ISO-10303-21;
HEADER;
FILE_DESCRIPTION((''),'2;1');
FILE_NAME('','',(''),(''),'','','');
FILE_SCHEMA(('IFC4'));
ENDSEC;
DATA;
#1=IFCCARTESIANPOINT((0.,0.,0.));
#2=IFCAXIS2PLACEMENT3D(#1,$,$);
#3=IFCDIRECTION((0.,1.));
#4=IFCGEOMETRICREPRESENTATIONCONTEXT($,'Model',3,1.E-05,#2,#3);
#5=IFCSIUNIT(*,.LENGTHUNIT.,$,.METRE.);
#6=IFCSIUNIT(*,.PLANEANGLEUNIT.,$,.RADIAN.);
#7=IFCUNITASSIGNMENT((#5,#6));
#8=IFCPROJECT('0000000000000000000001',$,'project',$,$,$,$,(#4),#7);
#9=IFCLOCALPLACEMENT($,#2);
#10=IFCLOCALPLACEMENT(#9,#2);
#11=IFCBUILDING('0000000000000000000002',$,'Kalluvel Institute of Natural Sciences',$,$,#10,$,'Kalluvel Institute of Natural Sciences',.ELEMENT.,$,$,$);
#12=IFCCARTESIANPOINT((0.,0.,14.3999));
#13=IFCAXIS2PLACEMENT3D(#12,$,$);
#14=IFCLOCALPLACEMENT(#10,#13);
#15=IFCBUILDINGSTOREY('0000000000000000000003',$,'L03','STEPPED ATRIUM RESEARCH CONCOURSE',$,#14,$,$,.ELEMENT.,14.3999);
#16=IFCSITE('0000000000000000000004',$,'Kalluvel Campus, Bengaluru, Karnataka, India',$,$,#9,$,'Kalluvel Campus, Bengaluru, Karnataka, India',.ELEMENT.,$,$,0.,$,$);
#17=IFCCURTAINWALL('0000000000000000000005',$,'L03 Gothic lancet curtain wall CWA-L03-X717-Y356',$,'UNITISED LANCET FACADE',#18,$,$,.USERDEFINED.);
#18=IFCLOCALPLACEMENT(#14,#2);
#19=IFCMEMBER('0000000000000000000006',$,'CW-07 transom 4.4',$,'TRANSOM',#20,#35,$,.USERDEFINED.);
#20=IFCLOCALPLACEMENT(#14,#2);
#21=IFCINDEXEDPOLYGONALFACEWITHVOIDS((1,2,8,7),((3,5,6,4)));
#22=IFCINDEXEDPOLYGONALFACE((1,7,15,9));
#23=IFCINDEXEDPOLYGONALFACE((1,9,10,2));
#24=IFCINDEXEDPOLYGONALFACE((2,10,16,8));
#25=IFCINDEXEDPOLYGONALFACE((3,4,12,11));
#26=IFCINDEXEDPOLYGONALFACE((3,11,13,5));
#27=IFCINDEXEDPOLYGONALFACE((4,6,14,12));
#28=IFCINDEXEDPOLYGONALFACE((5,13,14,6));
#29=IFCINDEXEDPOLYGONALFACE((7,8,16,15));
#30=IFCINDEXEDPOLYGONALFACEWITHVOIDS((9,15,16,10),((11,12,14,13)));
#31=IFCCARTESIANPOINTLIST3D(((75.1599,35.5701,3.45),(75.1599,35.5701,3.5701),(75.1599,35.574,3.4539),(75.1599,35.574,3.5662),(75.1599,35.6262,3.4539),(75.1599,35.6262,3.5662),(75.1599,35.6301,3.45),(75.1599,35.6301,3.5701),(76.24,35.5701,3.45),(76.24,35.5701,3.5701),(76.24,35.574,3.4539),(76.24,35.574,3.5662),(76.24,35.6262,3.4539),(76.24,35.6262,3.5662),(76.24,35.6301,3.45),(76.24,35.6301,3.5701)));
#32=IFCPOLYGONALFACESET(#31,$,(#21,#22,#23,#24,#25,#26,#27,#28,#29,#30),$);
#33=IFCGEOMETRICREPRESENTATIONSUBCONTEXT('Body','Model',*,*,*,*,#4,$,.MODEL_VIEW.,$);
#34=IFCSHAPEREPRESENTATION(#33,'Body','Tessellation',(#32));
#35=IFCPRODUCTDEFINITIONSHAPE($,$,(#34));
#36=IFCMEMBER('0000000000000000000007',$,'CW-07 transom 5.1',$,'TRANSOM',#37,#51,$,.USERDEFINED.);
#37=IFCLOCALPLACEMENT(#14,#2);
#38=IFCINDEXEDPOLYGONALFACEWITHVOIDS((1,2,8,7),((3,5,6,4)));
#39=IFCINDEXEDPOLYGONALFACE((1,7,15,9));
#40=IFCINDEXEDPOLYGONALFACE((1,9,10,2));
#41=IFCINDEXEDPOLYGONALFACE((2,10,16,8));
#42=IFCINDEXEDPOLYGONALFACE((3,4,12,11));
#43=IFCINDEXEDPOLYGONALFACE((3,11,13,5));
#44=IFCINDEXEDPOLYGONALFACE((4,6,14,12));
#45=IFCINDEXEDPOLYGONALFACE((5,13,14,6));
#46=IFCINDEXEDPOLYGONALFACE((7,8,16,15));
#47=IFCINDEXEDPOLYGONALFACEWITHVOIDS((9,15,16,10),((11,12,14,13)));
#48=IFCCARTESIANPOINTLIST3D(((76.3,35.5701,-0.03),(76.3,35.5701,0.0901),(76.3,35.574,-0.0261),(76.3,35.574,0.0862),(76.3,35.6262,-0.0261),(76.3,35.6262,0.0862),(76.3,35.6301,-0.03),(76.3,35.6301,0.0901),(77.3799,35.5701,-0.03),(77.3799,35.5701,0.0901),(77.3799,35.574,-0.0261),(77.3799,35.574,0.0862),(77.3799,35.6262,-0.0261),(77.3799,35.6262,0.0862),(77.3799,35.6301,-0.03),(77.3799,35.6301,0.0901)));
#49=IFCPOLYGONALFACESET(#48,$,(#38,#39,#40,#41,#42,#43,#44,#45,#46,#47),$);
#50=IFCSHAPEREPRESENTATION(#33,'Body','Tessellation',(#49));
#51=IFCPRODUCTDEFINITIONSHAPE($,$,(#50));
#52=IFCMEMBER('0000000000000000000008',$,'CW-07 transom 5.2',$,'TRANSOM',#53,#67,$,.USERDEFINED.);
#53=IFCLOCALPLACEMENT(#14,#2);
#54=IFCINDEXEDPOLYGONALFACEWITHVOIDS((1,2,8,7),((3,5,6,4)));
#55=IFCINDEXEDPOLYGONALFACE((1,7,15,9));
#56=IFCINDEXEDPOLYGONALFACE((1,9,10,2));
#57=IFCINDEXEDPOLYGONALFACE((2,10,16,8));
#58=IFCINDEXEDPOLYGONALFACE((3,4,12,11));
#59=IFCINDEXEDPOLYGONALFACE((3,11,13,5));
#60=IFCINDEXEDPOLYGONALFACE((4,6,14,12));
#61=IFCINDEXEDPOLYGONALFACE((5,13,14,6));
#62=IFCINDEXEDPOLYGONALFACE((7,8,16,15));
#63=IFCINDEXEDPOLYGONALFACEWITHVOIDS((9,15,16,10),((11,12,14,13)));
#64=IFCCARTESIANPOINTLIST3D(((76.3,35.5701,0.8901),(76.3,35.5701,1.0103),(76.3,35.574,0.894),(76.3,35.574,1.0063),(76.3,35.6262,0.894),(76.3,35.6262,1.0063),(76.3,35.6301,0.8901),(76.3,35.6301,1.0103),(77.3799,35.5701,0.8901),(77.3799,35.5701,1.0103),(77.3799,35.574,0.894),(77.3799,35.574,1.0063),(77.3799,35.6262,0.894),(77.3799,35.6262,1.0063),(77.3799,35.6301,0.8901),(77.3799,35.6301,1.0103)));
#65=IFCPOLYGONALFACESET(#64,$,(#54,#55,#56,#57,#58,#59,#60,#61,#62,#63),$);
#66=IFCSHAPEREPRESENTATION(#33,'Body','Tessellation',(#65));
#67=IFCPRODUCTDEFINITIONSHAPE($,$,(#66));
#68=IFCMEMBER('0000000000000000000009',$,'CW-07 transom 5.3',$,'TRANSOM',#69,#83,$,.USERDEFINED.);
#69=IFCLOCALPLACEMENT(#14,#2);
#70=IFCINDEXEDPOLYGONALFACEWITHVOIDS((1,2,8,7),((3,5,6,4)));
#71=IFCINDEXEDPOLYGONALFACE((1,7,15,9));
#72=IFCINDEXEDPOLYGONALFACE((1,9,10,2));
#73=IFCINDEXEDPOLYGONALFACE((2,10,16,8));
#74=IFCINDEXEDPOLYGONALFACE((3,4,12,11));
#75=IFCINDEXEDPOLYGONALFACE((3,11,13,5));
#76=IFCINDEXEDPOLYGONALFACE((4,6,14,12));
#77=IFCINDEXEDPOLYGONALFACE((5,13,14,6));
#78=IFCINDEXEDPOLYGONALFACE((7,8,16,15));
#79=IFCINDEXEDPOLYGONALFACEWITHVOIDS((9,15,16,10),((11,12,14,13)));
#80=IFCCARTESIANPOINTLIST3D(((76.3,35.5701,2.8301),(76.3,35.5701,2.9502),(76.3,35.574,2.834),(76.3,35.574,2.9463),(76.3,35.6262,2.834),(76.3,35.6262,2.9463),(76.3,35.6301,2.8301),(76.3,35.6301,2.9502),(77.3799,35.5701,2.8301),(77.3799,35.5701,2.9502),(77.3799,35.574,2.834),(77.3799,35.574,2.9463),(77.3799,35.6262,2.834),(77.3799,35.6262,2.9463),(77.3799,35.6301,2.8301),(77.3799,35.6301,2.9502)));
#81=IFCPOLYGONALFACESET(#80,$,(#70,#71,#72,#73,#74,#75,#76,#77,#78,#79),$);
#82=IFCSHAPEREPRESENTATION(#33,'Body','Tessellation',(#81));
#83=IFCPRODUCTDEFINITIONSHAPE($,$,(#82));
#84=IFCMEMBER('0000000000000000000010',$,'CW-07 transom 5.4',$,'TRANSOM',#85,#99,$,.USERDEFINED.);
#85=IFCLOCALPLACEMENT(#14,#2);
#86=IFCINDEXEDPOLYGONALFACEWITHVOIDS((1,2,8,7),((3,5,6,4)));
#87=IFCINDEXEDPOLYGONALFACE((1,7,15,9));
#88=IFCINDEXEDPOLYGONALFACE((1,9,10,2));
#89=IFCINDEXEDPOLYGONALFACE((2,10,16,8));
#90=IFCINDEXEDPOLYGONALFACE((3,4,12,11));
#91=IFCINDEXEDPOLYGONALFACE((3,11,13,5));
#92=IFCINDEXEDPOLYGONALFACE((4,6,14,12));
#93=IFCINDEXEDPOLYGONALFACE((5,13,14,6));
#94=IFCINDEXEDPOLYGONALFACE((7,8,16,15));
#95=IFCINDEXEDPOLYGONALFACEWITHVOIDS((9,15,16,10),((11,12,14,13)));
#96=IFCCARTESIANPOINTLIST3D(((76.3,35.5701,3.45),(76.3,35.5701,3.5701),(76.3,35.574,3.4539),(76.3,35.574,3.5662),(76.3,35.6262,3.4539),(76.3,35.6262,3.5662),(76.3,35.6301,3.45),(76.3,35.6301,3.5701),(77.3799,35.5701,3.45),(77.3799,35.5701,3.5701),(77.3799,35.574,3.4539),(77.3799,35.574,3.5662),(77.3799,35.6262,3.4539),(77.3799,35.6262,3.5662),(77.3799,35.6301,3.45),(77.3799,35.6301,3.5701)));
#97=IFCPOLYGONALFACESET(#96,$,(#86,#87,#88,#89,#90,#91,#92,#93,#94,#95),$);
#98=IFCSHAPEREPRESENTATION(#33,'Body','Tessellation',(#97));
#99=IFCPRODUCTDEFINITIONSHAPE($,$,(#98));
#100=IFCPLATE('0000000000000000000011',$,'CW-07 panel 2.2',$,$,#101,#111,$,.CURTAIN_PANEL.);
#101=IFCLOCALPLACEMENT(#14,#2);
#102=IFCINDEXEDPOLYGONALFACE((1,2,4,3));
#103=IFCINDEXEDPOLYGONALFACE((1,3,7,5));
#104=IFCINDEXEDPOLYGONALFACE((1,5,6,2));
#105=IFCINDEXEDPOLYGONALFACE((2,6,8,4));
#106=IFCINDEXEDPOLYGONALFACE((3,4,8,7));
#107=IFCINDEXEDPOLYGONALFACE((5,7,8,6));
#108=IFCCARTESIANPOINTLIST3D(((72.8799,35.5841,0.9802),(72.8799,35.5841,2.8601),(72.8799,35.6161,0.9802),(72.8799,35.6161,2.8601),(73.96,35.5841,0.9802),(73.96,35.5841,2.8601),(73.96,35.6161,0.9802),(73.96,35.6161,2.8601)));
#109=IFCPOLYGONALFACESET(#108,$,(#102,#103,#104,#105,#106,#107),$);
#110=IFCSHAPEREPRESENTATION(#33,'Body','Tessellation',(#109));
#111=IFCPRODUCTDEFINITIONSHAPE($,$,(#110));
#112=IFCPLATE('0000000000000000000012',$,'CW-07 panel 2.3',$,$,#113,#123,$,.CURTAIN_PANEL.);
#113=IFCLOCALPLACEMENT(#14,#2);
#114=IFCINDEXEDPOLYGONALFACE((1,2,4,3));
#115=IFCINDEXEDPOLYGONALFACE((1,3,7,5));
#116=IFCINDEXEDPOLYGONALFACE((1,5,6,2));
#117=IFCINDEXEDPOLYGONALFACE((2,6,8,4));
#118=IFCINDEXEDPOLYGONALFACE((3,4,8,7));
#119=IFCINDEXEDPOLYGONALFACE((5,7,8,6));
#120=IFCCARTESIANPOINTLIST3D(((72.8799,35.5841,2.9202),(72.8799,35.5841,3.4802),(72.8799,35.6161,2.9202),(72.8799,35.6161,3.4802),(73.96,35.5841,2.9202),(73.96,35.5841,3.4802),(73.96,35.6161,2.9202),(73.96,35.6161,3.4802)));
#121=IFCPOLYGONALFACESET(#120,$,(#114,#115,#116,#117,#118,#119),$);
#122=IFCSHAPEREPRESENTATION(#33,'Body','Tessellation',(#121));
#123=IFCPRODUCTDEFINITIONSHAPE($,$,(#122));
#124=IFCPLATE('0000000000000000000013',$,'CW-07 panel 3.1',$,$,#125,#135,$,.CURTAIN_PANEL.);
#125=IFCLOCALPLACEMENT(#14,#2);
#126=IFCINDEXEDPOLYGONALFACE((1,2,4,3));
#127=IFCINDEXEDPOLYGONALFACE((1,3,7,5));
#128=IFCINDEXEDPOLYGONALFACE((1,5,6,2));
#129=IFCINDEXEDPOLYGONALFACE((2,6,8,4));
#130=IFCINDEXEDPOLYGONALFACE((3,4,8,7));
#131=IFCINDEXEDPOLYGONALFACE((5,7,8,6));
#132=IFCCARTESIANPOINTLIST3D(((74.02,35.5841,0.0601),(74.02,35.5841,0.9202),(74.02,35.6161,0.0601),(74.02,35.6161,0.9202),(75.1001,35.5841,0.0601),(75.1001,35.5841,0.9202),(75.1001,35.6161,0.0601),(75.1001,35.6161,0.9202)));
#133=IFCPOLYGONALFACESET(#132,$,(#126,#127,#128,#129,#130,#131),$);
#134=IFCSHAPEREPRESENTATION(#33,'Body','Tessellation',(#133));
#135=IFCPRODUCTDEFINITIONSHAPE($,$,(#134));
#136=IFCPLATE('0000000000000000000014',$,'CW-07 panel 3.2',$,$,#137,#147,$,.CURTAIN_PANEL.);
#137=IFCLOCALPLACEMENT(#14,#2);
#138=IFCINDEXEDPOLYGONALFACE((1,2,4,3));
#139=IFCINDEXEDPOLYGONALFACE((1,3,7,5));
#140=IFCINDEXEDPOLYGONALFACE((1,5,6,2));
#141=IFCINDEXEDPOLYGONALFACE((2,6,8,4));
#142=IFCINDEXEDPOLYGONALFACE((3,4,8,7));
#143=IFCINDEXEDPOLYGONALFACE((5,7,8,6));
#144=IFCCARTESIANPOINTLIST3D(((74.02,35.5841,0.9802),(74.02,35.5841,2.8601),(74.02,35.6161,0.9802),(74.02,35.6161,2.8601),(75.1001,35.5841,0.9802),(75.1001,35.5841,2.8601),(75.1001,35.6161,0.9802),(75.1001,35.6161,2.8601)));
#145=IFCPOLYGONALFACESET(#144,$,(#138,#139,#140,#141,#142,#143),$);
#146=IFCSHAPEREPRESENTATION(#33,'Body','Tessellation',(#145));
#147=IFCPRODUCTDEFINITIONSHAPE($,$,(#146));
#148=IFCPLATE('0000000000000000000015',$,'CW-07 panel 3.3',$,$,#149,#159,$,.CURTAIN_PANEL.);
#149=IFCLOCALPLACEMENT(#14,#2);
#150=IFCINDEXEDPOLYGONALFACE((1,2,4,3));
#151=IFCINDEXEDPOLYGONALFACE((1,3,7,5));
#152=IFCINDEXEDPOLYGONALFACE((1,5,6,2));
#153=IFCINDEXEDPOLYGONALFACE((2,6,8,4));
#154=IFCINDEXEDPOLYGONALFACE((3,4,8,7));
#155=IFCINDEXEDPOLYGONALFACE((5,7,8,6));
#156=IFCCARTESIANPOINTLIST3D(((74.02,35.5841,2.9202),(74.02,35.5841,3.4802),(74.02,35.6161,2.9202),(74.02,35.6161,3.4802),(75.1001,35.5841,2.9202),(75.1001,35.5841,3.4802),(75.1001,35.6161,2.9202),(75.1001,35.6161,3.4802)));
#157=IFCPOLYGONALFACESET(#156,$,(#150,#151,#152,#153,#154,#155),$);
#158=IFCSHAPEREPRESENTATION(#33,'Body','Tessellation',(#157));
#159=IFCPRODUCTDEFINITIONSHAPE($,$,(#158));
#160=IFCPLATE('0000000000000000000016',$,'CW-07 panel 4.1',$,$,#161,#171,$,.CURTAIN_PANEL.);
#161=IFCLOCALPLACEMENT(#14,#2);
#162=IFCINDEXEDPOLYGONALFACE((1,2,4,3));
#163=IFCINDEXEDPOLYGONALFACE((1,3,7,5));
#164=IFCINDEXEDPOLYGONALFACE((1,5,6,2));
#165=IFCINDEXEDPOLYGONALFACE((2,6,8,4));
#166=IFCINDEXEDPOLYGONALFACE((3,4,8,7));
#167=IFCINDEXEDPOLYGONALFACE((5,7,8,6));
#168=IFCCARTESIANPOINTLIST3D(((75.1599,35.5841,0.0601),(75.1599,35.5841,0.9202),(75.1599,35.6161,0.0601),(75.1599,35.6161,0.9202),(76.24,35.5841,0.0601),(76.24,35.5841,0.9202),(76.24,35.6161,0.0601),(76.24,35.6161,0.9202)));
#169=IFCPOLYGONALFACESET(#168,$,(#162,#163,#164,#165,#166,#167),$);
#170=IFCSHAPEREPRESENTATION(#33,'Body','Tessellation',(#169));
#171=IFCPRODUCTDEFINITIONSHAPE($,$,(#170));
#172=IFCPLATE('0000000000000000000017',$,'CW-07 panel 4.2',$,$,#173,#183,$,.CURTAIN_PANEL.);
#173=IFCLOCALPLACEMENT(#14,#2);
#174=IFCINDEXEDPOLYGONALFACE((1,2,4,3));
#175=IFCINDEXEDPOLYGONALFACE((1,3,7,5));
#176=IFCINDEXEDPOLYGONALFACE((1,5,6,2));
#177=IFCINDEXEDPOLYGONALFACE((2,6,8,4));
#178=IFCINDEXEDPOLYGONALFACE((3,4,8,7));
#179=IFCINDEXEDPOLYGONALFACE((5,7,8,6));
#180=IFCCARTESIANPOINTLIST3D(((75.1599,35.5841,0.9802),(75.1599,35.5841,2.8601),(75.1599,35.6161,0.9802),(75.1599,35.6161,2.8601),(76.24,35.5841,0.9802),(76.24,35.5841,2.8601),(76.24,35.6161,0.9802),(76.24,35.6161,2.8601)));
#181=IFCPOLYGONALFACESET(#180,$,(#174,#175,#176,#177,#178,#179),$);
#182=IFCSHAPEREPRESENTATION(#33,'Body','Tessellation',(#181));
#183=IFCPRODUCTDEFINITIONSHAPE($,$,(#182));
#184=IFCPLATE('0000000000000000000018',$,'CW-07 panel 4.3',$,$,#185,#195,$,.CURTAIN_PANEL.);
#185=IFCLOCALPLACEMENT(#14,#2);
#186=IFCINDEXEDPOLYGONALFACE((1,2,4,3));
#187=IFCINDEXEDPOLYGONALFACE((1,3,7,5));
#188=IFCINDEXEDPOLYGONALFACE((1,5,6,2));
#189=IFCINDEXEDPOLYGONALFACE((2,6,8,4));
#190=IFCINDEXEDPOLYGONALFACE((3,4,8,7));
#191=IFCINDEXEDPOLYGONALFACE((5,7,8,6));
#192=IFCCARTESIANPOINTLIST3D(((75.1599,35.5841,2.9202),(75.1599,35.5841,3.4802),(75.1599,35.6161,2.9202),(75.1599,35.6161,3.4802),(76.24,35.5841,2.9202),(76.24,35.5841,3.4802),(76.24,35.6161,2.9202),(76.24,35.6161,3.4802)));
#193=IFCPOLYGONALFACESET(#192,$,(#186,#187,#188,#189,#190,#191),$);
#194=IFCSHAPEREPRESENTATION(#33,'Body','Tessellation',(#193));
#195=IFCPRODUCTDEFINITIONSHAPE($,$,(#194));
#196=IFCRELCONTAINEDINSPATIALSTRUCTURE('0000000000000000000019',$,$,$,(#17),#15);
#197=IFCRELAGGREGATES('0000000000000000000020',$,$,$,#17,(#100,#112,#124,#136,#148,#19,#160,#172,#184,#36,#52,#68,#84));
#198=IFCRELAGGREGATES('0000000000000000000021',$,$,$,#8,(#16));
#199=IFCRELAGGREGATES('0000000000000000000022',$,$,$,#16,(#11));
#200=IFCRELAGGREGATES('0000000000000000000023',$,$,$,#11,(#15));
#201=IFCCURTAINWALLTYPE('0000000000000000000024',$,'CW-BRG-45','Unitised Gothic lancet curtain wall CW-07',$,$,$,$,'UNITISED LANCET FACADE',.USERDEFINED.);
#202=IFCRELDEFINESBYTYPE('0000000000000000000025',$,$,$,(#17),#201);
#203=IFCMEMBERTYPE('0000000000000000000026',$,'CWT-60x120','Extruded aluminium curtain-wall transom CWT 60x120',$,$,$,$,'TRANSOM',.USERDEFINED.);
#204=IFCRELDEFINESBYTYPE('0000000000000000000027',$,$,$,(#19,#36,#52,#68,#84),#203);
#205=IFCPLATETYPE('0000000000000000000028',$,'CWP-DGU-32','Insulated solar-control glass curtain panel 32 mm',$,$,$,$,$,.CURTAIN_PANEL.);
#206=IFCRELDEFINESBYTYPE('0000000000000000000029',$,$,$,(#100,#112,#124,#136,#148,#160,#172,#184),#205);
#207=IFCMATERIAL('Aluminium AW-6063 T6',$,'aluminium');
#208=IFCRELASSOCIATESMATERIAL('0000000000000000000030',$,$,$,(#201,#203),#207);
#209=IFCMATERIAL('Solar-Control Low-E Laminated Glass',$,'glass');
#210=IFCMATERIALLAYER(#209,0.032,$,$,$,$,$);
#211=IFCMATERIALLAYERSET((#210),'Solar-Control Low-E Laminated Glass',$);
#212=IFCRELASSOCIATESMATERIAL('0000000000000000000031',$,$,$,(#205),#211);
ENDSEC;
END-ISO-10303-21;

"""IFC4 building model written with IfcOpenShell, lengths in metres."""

from ifc_helpers import new_model, si_unit, direction, frame, origin, origin_2d, place, context, subcontext, project, spatial, rectangle, hollow_rectangle, extrude, material, layer, layer_set, material_profile, profile_set, type_object, element, aggregate, save


model = new_model("IFC4")

# Units and contexts
model_context = context("Model", 3, precision=1e-05, world=origin(), true_north=direction((0.0, 1.0)))
body_context = subcontext(model_context, "Body", "Model", "MODEL_VIEW")
ifc_project = project(units=[si_unit("LENGTHUNIT", "METRE"), si_unit("PLANEANGLEUNIT", "RADIAN")], contexts=[model_context])

# Site, building, storey
site_placement = place(None, origin())
site = spatial("IfcSite", under=ifc_project, at=site_placement, Name="Kalluvel Campus, Bengaluru, Karnataka, India", LongName="Kalluvel Campus, Bengaluru, Karnataka, India", CompositionType="ELEMENT", RefElevation=0.0)
building_placement = place(site_placement, origin())
building = spatial("IfcBuilding", under=site, at=building_placement, Name="Kalluvel Institute of Natural Sciences", LongName="Kalluvel Institute of Natural Sciences", CompositionType="ELEMENT")
storey_placement = place(building_placement, frame((0.0, 0.0, 14.3999)))
storey = spatial("IfcBuildingStorey", under=building, at=storey_placement, Name="L03", Description="STEPPED ATRIUM RESEARCH CONCOURSE", CompositionType="ELEMENT", Elevation=14.3999)

# Curtain wall, members, plates
ifc_material_1 = material(Name="Aluminium AW-6063 T6", Category="aluminium")
curtain_wall_type = type_object("IfcCurtainWallType", Name="CW-BRG-45", Description="Unitised Gothic lancet curtain wall CW-07", ElementType="UNITISED LANCET FACADE", PredefinedType="USERDEFINED", material=ifc_material_1)
curtain_wall_placement = place(storey_placement, origin())
curtain_wall = element("IfcCurtainWall", 1, at=curtain_wall_placement, inside=storey, type_object=curtain_wall_type, Name="L03 Gothic lancet curtain wall CWA-L03-X717-Y356", ObjectType="UNITISED LANCET FACADE", PredefinedType="USERDEFINED")
ifc_material_profile_1 = material_profile(ifc_material_1, hollow_rectangle(XDim=0.0601, YDim=0.1201, WallThickness=0.0039, at=origin_2d()), Name="CWT 60x120")
ifc_profile_set_1 = profile_set([ifc_material_profile_1], Name="Aluminium AW-6063 T6")
member_type_1 = type_object("IfcMemberType", Name="CWT-60x120", Description="Extruded aluminium curtain-wall transom CWT 60x120", ElementType="TRANSOM", PredefinedType="USERDEFINED", material=ifc_profile_set_1)
member_1_placement = place(storey_placement, frame((75.1599, 35.6001, 3.51), z_axis=(1.0, 0.0, 0.0), x_axis=(0.0, 1.0, 0.0)))
member_1 = element("IfcMember", 2, at=member_1_placement, type_object=member_type_1, Name="CW-07 transom 4.4", ObjectType="TRANSOM", PredefinedType="USERDEFINED", context=body_context, shape_type="SweptSolid", body=[
    extrude(hollow_rectangle(XDim=0.0601, YDim=0.1201, WallThickness=0.0039, at=origin_2d()), origin(), (0.0, 0.0, 1.0), 1.0801),
])
member_2_placement = place(storey_placement, frame((76.3, 35.6001, 0.03), z_axis=(1.0, 0.0, 0.0), x_axis=(0.0, 1.0, 0.0)))
member_2 = element("IfcMember", 3, at=member_2_placement, type_object=member_type_1, Name="CW-07 transom 5.1", ObjectType="TRANSOM", PredefinedType="USERDEFINED", context=body_context, shape_type="SweptSolid", body=[
    extrude(hollow_rectangle(XDim=0.0601, YDim=0.1201, WallThickness=0.0039, at=origin_2d()), origin(), (0.0, 0.0, 1.0), 1.0798),
])
member_3_placement = place(storey_placement, frame((76.3, 35.6001, 0.9502), z_axis=(1.0, 0.0, 0.0), x_axis=(0.0, 1.0, 0.0)))
member_3 = element("IfcMember", 4, at=member_3_placement, type_object=member_type_1, Name="CW-07 transom 5.2", ObjectType="TRANSOM", PredefinedType="USERDEFINED", context=body_context, shape_type="SweptSolid", body=[
    extrude(hollow_rectangle(XDim=0.0601, YDim=0.1201, WallThickness=0.0039, at=origin_2d()), origin(), (0.0, 0.0, 1.0), 1.0798),
])
member_4_placement = place(storey_placement, frame((76.3, 35.6001, 2.8901), z_axis=(1.0, 0.0, 0.0), x_axis=(0.0, 1.0, 0.0)))
member_4 = element("IfcMember", 5, at=member_4_placement, type_object=member_type_1, Name="CW-07 transom 5.3", ObjectType="TRANSOM", PredefinedType="USERDEFINED", context=body_context, shape_type="SweptSolid", body=[
    extrude(hollow_rectangle(XDim=0.0601, YDim=0.1201, WallThickness=0.0039, at=origin_2d()), origin(), (0.0, 0.0, 1.0), 1.0798),
])
member_5_placement = place(storey_placement, frame((76.3, 35.6001, 3.51), z_axis=(1.0, 0.0, 0.0), x_axis=(0.0, 1.0, 0.0)))
member_5 = element("IfcMember", 6, at=member_5_placement, type_object=member_type_1, Name="CW-07 transom 5.4", ObjectType="TRANSOM", PredefinedType="USERDEFINED", context=body_context, shape_type="SweptSolid", body=[
    extrude(hollow_rectangle(XDim=0.0601, YDim=0.1201, WallThickness=0.0039, at=origin_2d()), origin(), (0.0, 0.0, 1.0), 1.0798),
])
ifc_material_2 = material(Name="Solar-Control Low-E Laminated Glass", Category="glass")
ifc_layer = layer(ifc_material_2, 0.032)
ifc_layer_set = layer_set([ifc_layer], Name="Solar-Control Low-E Laminated Glass")
plate_type = type_object("IfcPlateType", Name="CWP-DGU-32", Description="Insulated solar-control glass curtain panel 32 mm", PredefinedType="CURTAIN_PANEL", material=ifc_layer_set)
plate_1_placement = place(storey_placement, frame((73.4199, 35.6001, 0.9802), z_axis=(0.0, 0.0, 1.0), x_axis=(1.0, 0.0, 0.0)))
plate_1 = element("IfcPlate", 7, at=plate_1_placement, type_object=plate_type, Name="CW-07 panel 2.2", PredefinedType="CURTAIN_PANEL", context=body_context, shape_type="SweptSolid", body=[
    extrude(rectangle(XDim=1.0801, YDim=0.032, at=origin_2d()), origin(), (0.0, 0.0, 1.0), 1.8799),
])
plate_2_placement = place(storey_placement, frame((73.4199, 35.6001, 2.9202), z_axis=(0.0, 0.0, 1.0), x_axis=(1.0, 0.0, 0.0)))
plate_2 = element("IfcPlate", 8, at=plate_2_placement, type_object=plate_type, Name="CW-07 panel 2.3", PredefinedType="CURTAIN_PANEL", context=body_context, shape_type="SweptSolid", body=[
    extrude(rectangle(XDim=1.0801, YDim=0.032, at=origin_2d()), origin(), (0.0, 0.0, 1.0), 0.5601),
])
plate_3_placement = place(storey_placement, frame((74.5601, 35.6001, 0.0601), z_axis=(0.0, 0.0, 1.0), x_axis=(1.0, 0.0, 0.0)))
plate_3 = element("IfcPlate", 9, at=plate_3_placement, type_object=plate_type, Name="CW-07 panel 3.1", PredefinedType="CURTAIN_PANEL", context=body_context, shape_type="SweptSolid", body=[
    extrude(rectangle(XDim=1.0801, YDim=0.032, at=origin_2d()), origin(), (0.0, 0.0, 1.0), 0.8601),
])
plate_4_placement = place(storey_placement, frame((74.5601, 35.6001, 0.9802), z_axis=(0.0, 0.0, 1.0), x_axis=(1.0, 0.0, 0.0)))
plate_4 = element("IfcPlate", 10, at=plate_4_placement, type_object=plate_type, Name="CW-07 panel 3.2", PredefinedType="CURTAIN_PANEL", context=body_context, shape_type="SweptSolid", body=[
    extrude(rectangle(XDim=1.0801, YDim=0.032, at=origin_2d()), origin(), (0.0, 0.0, 1.0), 1.8799),
])
plate_5_placement = place(storey_placement, frame((74.5601, 35.6001, 2.9202), z_axis=(0.0, 0.0, 1.0), x_axis=(1.0, 0.0, 0.0)))
plate_5 = element("IfcPlate", 11, at=plate_5_placement, type_object=plate_type, Name="CW-07 panel 3.3", PredefinedType="CURTAIN_PANEL", context=body_context, shape_type="SweptSolid", body=[
    extrude(rectangle(XDim=1.0801, YDim=0.032, at=origin_2d()), origin(), (0.0, 0.0, 1.0), 0.5601),
])
plate_6_placement = place(storey_placement, frame((75.7, 35.6001, 0.0601), z_axis=(0.0, 0.0, 1.0), x_axis=(1.0, 0.0, 0.0)))
plate_6 = element("IfcPlate", 12, at=plate_6_placement, type_object=plate_type, Name="CW-07 panel 4.1", PredefinedType="CURTAIN_PANEL", context=body_context, shape_type="SweptSolid", body=[
    extrude(rectangle(XDim=1.0801, YDim=0.032, at=origin_2d()), origin(), (0.0, 0.0, 1.0), 0.8601),
])
plate_7_placement = place(storey_placement, frame((75.7, 35.6001, 0.9802), z_axis=(0.0, 0.0, 1.0), x_axis=(1.0, 0.0, 0.0)))
plate_7 = element("IfcPlate", 13, at=plate_7_placement, type_object=plate_type, Name="CW-07 panel 4.2", PredefinedType="CURTAIN_PANEL", context=body_context, shape_type="SweptSolid", body=[
    extrude(rectangle(XDim=1.0801, YDim=0.032, at=origin_2d()), origin(), (0.0, 0.0, 1.0), 1.8799),
])
plate_8_placement = place(storey_placement, frame((75.7, 35.6001, 2.9202), z_axis=(0.0, 0.0, 1.0), x_axis=(1.0, 0.0, 0.0)))
plate_8 = element("IfcPlate", 14, at=plate_8_placement, type_object=plate_type, Name="CW-07 panel 4.3", PredefinedType="CURTAIN_PANEL", context=body_context, shape_type="SweptSolid", body=[
    extrude(rectangle(XDim=1.0801, YDim=0.032, at=origin_2d()), origin(), (0.0, 0.0, 1.0), 0.5601),
])
aggregate(curtain_wall, [plate_1, plate_2, plate_3, plate_4, plate_5, member_1, plate_6, plate_7, plate_8, member_2, member_3, member_4, member_5])

save(model, "model.ifc")
